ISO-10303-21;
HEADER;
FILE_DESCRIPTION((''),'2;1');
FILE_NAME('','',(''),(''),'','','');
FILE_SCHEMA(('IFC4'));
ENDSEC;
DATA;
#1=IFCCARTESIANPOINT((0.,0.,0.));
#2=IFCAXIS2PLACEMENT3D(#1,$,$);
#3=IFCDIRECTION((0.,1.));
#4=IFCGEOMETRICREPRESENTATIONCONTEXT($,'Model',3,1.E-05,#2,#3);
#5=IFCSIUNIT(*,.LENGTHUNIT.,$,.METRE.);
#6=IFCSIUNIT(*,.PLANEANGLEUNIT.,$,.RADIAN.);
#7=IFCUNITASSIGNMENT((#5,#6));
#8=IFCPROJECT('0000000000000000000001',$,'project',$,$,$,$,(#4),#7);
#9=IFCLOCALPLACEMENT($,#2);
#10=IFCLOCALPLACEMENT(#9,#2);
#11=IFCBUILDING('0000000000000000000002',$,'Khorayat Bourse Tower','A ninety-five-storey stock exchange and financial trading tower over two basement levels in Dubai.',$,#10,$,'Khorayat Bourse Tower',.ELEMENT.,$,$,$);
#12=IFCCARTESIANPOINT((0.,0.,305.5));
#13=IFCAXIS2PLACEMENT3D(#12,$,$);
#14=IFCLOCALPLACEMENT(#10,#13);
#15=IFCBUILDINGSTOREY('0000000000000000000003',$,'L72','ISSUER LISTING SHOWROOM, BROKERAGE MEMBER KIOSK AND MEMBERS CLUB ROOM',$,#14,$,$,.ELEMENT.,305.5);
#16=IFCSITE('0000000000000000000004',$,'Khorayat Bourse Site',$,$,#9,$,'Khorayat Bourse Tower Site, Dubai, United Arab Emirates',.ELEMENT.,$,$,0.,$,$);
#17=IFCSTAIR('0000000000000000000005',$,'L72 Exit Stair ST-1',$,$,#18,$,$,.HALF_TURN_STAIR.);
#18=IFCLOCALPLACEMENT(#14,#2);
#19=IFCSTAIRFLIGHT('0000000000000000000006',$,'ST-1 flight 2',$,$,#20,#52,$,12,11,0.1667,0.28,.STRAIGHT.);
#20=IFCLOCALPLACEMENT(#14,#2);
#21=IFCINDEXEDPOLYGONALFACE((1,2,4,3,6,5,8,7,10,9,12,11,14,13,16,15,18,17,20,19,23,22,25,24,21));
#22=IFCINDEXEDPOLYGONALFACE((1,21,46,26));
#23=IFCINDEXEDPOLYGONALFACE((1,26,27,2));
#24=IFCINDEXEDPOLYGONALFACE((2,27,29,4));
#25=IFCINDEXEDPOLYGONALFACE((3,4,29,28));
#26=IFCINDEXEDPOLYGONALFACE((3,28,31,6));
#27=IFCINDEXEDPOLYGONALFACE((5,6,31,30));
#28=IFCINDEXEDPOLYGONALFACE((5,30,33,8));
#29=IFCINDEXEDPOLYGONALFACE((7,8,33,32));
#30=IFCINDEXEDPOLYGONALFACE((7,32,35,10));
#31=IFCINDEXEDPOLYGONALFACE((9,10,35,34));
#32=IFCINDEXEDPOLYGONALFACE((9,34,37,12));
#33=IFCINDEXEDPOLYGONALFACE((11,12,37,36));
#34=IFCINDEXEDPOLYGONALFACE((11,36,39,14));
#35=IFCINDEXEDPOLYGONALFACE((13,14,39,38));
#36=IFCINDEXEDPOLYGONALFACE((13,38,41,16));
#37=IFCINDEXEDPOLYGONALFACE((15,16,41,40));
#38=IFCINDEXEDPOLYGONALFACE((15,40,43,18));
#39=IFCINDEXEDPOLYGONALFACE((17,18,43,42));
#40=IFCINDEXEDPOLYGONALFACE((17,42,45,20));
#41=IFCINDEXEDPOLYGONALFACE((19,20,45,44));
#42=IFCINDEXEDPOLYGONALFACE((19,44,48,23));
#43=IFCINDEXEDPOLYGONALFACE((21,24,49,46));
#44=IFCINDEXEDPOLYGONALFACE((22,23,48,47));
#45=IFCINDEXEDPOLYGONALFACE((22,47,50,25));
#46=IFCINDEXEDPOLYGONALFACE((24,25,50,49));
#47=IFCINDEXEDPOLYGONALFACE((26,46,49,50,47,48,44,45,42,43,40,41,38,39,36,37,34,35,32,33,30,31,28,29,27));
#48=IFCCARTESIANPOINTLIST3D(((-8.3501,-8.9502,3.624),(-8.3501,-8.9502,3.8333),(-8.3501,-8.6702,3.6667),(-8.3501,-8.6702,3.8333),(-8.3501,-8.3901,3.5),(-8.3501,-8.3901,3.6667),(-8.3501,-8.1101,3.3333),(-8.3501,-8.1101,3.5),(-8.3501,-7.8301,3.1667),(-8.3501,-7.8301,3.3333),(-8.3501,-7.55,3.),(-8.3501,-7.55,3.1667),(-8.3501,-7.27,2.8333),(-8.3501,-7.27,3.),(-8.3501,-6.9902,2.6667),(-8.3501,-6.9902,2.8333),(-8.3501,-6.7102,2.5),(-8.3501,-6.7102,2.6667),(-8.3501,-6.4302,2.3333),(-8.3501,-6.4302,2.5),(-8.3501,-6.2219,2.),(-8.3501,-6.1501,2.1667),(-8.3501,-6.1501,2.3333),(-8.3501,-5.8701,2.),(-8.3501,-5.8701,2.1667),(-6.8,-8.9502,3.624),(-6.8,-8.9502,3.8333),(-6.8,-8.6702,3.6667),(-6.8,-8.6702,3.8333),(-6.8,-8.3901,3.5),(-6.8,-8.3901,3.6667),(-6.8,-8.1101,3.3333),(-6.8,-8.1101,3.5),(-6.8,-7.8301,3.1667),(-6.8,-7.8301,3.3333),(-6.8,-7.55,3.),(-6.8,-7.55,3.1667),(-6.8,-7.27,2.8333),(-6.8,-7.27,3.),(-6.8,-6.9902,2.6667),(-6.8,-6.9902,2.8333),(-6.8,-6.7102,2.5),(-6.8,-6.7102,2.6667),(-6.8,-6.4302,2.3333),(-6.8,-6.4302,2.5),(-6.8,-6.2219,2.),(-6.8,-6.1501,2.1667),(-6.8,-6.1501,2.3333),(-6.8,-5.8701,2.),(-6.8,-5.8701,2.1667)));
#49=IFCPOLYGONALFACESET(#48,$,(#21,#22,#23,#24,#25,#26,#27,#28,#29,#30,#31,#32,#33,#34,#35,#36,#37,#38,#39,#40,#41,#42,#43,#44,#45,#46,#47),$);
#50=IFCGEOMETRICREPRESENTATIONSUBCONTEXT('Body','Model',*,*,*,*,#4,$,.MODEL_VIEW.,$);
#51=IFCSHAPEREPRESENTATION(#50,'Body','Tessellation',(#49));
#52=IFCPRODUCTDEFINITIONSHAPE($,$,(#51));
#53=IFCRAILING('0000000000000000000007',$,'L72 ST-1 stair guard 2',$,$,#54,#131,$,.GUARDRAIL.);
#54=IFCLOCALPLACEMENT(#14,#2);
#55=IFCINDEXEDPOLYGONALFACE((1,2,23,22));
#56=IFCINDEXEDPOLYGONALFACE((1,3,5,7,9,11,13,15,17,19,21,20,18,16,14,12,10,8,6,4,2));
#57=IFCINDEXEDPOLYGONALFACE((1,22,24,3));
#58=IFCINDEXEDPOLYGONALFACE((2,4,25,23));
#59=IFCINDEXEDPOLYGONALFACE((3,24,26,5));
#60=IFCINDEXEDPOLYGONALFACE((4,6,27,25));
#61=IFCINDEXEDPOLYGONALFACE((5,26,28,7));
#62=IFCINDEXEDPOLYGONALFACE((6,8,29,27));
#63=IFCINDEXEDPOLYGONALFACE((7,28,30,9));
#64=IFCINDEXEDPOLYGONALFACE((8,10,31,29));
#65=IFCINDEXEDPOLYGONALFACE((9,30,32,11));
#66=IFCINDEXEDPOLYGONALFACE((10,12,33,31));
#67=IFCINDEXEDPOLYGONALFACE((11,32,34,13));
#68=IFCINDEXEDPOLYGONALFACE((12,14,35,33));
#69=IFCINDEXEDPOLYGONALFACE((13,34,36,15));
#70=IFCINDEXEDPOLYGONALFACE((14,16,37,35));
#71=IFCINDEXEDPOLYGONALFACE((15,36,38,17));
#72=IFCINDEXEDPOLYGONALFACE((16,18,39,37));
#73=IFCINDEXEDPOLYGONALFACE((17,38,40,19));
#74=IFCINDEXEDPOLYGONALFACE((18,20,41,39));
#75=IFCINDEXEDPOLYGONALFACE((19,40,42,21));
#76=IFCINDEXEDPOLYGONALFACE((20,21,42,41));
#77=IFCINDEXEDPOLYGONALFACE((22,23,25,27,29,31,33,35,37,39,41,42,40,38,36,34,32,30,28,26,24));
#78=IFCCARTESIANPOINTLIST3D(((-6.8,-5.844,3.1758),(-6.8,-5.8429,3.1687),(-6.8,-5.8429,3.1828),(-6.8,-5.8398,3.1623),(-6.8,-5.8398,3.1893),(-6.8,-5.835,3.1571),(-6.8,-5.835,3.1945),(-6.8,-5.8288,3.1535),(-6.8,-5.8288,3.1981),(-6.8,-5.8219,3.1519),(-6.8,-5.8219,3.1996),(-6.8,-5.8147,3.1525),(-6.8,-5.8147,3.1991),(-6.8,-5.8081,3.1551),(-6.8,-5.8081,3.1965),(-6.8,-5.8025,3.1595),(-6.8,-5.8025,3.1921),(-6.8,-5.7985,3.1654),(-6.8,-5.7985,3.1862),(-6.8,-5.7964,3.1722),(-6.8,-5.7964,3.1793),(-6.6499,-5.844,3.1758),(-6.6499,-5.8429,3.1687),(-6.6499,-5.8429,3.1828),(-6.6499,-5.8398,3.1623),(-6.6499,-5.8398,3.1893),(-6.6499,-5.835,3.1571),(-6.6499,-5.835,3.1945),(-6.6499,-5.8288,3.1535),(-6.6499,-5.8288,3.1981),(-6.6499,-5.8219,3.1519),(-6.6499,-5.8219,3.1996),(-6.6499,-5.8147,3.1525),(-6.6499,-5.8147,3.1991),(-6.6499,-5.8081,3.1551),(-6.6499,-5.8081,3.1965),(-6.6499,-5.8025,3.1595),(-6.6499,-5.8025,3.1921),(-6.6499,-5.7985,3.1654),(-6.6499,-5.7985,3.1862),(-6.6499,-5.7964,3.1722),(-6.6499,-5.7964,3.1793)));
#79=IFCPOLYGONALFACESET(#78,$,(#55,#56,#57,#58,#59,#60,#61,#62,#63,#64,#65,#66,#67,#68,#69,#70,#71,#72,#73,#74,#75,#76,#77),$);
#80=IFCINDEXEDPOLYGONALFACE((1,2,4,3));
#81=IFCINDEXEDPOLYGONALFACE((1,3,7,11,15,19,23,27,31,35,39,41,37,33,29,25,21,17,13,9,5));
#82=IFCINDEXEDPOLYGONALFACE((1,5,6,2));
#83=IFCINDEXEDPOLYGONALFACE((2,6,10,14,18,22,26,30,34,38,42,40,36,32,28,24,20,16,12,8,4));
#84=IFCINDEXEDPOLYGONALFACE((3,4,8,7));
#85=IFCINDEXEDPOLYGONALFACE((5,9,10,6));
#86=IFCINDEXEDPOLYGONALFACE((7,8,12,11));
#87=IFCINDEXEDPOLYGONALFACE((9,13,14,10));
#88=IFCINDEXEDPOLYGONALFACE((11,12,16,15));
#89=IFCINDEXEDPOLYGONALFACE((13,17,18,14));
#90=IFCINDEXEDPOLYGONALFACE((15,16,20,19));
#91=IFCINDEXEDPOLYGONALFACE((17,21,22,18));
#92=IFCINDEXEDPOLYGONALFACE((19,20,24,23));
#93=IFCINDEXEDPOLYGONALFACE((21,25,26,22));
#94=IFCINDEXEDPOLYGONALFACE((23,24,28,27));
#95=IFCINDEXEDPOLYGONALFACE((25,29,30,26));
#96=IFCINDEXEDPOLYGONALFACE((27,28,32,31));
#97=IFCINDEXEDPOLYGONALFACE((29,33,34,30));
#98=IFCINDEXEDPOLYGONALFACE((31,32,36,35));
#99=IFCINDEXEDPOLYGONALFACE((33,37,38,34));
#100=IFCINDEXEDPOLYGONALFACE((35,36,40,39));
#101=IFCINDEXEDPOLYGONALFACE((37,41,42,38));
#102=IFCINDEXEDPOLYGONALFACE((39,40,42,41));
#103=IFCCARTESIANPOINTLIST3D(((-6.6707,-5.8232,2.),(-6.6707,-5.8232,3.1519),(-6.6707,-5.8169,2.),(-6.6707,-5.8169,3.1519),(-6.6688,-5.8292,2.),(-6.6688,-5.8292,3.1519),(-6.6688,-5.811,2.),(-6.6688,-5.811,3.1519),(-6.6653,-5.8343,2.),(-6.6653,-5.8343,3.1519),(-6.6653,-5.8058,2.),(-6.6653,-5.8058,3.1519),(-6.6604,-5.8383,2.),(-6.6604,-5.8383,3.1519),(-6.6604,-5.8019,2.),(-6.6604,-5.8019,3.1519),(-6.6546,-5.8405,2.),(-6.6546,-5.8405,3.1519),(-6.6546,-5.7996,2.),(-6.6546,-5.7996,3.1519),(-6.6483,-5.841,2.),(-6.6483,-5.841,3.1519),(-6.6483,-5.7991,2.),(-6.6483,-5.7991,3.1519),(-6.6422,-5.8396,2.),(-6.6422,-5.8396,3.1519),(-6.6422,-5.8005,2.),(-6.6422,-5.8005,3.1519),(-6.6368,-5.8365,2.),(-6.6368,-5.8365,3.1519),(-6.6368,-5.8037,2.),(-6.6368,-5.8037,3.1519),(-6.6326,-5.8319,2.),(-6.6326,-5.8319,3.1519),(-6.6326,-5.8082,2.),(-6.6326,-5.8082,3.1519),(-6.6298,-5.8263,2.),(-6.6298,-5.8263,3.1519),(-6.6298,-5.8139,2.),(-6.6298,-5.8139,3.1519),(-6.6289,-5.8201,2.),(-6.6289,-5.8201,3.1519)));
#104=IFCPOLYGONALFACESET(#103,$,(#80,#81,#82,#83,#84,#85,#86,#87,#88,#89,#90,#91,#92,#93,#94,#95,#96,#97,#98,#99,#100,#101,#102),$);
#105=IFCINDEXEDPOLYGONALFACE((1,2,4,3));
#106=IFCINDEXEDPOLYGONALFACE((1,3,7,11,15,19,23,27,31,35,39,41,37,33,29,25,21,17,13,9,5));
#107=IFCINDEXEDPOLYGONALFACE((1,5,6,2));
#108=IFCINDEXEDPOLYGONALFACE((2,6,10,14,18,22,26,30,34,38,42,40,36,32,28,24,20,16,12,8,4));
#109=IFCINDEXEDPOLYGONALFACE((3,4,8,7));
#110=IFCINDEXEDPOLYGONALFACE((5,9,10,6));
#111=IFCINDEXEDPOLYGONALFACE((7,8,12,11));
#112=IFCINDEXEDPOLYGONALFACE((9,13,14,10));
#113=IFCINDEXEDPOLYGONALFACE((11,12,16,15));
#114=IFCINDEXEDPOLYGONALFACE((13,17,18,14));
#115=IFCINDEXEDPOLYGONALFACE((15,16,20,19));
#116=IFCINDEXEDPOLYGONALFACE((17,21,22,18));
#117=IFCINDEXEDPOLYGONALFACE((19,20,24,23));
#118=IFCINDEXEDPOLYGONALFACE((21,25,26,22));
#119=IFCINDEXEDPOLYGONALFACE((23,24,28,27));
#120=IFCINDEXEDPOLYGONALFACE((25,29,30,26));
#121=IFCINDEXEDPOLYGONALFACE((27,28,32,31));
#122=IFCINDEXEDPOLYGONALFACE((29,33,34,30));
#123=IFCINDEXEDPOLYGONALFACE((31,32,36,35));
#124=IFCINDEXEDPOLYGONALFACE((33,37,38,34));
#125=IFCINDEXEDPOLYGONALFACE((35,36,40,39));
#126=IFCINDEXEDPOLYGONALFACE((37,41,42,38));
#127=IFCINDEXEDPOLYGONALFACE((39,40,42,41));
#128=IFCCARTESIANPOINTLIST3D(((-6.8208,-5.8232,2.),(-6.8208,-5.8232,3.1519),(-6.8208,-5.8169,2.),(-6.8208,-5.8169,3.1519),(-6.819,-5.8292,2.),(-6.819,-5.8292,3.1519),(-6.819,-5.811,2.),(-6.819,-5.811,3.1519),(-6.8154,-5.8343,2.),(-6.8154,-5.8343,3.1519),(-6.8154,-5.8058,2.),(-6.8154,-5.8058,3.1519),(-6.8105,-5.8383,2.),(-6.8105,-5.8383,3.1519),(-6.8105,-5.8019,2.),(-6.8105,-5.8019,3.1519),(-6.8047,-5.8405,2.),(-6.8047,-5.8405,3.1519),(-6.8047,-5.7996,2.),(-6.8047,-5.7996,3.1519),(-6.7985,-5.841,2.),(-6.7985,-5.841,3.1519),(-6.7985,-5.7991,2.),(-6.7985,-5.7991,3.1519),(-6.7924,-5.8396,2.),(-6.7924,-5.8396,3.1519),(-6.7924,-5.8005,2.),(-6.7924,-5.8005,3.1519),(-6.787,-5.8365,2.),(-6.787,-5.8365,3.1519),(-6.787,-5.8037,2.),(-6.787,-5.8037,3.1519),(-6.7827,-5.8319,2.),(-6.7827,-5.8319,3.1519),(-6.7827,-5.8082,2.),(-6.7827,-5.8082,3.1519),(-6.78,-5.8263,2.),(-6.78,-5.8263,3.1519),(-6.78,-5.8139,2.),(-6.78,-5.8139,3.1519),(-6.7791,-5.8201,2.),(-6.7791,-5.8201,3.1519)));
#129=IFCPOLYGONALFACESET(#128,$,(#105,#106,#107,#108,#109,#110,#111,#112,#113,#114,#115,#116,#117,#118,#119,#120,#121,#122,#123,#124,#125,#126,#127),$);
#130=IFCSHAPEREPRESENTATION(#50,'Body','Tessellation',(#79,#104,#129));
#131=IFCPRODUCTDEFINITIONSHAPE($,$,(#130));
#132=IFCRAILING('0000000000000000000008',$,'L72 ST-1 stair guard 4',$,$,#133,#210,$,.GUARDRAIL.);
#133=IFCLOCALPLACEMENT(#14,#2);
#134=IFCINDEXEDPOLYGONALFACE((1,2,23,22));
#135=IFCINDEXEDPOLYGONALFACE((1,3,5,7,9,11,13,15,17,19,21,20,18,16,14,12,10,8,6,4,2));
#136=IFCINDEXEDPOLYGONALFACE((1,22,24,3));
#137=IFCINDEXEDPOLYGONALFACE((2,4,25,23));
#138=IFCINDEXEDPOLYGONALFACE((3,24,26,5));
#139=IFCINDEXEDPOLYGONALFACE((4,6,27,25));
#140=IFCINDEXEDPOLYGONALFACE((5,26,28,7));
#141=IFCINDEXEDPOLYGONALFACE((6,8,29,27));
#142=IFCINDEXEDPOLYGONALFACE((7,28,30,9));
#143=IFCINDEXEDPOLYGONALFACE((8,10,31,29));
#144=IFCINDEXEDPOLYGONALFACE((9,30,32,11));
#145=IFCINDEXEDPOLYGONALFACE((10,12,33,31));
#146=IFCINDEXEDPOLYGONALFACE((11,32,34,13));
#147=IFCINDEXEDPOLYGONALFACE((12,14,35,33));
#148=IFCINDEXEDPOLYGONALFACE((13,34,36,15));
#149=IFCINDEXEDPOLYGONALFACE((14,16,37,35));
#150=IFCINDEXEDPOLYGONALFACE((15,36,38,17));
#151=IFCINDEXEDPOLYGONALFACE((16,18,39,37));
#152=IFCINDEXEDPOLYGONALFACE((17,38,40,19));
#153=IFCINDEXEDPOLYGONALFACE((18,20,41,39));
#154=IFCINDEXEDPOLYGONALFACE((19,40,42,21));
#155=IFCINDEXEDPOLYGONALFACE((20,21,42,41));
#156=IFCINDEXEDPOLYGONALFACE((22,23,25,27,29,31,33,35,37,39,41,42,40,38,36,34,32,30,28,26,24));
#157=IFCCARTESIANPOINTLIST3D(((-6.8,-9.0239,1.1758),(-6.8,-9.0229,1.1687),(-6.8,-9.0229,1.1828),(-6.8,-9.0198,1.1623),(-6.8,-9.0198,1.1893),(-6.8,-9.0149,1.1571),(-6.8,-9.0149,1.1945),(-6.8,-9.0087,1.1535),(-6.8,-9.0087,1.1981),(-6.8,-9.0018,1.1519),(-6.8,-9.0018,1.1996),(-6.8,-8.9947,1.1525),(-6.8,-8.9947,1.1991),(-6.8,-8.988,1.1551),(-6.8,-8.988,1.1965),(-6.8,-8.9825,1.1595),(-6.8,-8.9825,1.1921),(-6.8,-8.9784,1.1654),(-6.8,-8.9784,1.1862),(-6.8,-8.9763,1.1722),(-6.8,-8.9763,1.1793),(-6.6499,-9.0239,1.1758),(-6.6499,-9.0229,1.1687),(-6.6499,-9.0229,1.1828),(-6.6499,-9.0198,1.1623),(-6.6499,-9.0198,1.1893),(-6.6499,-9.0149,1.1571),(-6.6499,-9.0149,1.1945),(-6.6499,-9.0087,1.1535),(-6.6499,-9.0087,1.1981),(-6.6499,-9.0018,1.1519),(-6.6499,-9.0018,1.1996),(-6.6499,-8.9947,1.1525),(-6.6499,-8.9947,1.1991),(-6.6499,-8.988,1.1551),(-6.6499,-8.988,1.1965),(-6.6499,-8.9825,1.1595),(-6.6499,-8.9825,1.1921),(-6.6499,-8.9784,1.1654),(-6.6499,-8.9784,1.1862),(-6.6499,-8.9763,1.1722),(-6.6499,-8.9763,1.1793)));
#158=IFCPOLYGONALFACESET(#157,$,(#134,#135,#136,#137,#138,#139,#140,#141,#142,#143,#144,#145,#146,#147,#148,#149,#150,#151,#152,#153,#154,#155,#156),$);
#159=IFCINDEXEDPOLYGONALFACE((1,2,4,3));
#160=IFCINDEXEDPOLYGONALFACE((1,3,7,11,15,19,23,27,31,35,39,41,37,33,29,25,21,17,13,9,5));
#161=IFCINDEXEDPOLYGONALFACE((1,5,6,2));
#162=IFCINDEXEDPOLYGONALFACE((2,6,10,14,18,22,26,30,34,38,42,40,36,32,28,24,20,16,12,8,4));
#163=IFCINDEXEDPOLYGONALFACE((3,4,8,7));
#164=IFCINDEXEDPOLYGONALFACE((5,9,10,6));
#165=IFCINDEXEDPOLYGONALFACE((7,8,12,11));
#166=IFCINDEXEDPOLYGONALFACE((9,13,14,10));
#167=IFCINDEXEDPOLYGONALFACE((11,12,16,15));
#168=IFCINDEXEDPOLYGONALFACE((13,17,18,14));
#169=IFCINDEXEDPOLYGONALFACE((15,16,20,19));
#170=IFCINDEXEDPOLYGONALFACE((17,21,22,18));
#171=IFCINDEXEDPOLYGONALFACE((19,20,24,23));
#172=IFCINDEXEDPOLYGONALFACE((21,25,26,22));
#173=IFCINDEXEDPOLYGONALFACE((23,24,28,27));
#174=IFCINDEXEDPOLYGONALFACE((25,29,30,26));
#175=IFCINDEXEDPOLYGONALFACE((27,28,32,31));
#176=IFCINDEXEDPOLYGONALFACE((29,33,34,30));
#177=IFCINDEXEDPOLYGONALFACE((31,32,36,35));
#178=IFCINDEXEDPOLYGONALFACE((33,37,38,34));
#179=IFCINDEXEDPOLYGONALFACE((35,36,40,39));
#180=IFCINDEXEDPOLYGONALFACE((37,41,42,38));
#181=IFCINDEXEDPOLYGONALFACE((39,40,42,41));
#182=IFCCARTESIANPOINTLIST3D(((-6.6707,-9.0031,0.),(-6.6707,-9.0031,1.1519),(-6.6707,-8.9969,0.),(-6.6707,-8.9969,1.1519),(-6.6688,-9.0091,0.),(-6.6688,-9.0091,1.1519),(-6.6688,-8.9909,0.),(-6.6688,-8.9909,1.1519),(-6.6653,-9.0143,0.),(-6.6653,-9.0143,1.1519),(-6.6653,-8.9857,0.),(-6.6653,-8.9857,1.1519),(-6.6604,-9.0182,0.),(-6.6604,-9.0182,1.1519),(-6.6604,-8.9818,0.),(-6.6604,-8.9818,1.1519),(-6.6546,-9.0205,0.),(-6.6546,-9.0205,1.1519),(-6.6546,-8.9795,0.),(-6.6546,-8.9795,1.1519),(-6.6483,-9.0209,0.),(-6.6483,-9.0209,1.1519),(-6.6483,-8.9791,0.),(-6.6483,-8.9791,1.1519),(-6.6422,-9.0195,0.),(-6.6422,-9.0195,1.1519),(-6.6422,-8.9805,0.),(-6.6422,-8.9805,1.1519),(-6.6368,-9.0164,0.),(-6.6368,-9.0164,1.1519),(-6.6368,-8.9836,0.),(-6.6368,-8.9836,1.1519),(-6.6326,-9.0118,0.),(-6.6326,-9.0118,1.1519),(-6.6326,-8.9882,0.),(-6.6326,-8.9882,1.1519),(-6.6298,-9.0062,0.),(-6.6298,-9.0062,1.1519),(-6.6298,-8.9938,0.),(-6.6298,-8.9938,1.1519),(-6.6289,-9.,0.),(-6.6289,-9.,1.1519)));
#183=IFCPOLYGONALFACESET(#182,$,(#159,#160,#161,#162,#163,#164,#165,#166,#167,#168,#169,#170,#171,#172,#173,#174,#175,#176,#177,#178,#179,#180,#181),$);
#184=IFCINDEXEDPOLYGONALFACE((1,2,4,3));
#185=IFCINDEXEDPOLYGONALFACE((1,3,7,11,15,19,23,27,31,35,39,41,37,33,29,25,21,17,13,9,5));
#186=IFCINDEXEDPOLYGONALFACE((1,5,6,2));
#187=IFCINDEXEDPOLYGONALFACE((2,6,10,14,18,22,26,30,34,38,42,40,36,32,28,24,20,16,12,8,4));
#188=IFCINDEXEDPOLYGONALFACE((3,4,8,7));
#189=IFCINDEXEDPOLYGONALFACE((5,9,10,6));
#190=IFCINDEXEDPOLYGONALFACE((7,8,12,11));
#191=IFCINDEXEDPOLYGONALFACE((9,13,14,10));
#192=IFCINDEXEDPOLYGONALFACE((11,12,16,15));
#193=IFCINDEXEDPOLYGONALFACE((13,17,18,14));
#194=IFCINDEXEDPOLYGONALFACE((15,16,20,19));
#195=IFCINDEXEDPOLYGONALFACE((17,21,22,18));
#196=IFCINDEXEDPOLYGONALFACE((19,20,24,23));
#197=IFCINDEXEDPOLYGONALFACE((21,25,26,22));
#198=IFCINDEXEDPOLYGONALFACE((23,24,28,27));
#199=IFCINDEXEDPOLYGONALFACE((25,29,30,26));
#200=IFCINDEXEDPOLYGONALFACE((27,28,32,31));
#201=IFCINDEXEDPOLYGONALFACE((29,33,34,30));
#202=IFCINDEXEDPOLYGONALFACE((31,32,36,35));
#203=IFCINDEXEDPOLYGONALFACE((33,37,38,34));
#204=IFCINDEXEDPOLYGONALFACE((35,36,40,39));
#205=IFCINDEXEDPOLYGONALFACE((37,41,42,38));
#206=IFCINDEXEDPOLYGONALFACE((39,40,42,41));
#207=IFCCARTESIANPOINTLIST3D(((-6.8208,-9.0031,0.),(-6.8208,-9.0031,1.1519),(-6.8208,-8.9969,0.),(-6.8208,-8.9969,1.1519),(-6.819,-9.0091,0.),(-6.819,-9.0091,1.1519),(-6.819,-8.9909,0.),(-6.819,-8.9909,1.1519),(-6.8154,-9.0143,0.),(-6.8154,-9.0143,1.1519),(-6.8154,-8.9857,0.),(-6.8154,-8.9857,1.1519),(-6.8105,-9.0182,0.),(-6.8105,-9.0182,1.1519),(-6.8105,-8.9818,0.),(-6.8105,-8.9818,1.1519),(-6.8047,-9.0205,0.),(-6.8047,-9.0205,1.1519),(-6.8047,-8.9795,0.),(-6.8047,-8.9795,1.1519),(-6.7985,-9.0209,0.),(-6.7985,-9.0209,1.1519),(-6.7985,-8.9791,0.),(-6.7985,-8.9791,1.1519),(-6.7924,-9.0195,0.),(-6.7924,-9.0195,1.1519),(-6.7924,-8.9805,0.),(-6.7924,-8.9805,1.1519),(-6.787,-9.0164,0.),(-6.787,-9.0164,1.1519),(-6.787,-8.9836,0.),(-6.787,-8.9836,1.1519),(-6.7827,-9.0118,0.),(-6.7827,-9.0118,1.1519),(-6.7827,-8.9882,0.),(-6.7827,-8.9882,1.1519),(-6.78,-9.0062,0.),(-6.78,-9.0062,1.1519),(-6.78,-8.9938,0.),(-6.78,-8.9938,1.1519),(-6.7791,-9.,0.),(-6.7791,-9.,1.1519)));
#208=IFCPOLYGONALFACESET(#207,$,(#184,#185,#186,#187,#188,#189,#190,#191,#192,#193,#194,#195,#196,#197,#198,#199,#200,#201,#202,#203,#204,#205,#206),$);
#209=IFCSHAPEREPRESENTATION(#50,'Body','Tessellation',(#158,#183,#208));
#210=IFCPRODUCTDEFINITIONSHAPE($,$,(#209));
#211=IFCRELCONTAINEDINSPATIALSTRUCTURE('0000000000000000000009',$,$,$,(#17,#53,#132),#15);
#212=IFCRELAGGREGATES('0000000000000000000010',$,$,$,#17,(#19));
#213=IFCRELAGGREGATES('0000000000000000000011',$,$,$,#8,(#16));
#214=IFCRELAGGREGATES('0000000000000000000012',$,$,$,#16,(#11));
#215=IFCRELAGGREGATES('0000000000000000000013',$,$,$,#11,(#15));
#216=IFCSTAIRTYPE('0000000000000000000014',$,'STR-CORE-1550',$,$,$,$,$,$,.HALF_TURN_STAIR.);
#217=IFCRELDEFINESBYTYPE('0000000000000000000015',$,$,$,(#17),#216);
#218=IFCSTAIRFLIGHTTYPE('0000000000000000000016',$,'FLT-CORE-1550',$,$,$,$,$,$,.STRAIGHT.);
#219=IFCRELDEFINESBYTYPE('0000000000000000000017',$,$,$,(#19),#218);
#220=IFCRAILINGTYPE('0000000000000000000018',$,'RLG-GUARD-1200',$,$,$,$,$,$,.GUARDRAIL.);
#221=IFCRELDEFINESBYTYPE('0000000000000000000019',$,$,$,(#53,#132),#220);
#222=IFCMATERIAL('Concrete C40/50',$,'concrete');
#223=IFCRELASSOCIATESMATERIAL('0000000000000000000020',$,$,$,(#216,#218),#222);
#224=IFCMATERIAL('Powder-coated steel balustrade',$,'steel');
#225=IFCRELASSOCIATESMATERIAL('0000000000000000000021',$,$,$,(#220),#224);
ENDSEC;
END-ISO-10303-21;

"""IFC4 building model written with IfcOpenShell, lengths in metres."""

from ifc_helpers import new_model, si_unit, direction, frame, origin, origin_2d, place, context, subcontext, project, spatial, polyline, circle, outline, extrude, source, transform, mapped, material, type_object, element, aggregate, save


model = new_model("IFC4")

# Units and contexts
model_context = context("Model", 3, precision=1e-05, world=origin(), true_north=direction((0.0, 1.0)))
body_context = subcontext(model_context, "Body", "Model", "MODEL_VIEW")
ifc_project = project(units=[si_unit("LENGTHUNIT", "METRE"), si_unit("PLANEANGLEUNIT", "RADIAN")], contexts=[model_context])

# Site, building, storey
site_placement = place(None, origin())
site = spatial("IfcSite", under=ifc_project, at=site_placement, Name="Khorayat Bourse Site", LongName="Khorayat Bourse Tower Site, Dubai, United Arab Emirates", CompositionType="ELEMENT", RefElevation=0.0)
building_placement = place(site_placement, origin())
building = spatial("IfcBuilding", under=site, at=building_placement, Name="Khorayat Bourse Tower", Description="A ninety-five-storey stock exchange and financial trading tower over two basement levels in Dubai.", LongName="Khorayat Bourse Tower", CompositionType="ELEMENT")
storey_placement = place(building_placement, frame((0.0, 0.0, 305.5)))
storey = spatial("IfcBuildingStorey", under=building, at=storey_placement, Name="L72", Description="ISSUER LISTING SHOWROOM, BROKERAGE MEMBER KIOSK AND MEMBERS CLUB ROOM", CompositionType="ELEMENT", Elevation=305.5)

# Stair, stair flight
ifc_material_1 = material(Name="Concrete C40/50", Category="concrete")
stair_type = type_object("IfcStairType", Name="STR-CORE-1550", PredefinedType="HALF_TURN_STAIR", material=ifc_material_1)
stair_placement = place(storey_placement, origin())
stair = element("IfcStair", 1, at=stair_placement, inside=storey, type_object=stair_type, Name="L72 Exit Stair ST-1", PredefinedType="HALF_TURN_STAIR")
stair_flight_type = type_object("IfcStairFlightType", Name="FLT-CORE-1550", PredefinedType="STRAIGHT", material=ifc_material_1)
shared_shape_1 = source(origin(), body_context, "Body", "SweptSolid", [
    extrude(outline(polyline([(0.0, 0.0), (0.0, 0.1667), (0.28, 0.1667), (0.28, 0.3333), (0.5601, 0.3333), (0.5601, 0.5), (0.8401, 0.5), (0.8401, 0.6667), (1.1201, 0.6667), (1.1201, 0.8333), (1.3999, 0.8333), (1.3999, 1.0), (1.6799, 1.0), (1.6799, 1.1667), (1.96, 1.1667), (1.96, 1.3333), (2.24, 1.3333), (2.24, 1.5), (2.52, 1.5), (2.52, 1.6667), (2.8, 1.6667), (2.8, 1.8333), (3.0801, 1.8333), (3.0801, 2.0), (3.0801, 1.624), (0.3518, 0.0), (0.0, 0.0)])), frame((0.0, 0.7749, 0.0), z_axis=(0.0, -1.0, 0.0), x_axis=(1.0, 0.0, 0.0)), (0.0, 0.0, 1.0), 1.55),
])
stair_flight_1_placement = place(storey_placement, frame((-7.575, -5.8701, 2.0), z_axis=(0.0, 0.0, 1.0), x_axis=(0.0, -1.0, 0.0)))
stair_flight_1 = element("IfcStairFlight", 2, at=stair_flight_1_placement, type_object=stair_flight_type, Name="ST-1 flight 2", NumberOfRisers=12, NumberOfTreads=11, PredefinedType="STRAIGHT", RiserHeight=0.1667, TreadLength=0.28, context=body_context, shape_type="MappedRepresentation", body=[
    mapped(shared_shape_1, transform((0.0, 0.0, 0.0), scale=1.0)),
])
aggregate(stair, [stair_flight_1])

# Railings
ifc_material_2 = material(Name="Powder-coated steel balustrade", Category="steel")
railing_type_1 = type_object("IfcRailingType", Name="RLG-GUARD-1200", PredefinedType="GUARDRAIL", material=ifc_material_2)
shared_shape_2 = source(origin(), body_context, "Body", "SweptSolid", [
    extrude(circle(Radius=0.0239, at=origin_2d()), frame((0.0, 0.0, 1.1758), z_axis=(-1.0, 0.0, 0.0), x_axis=(0.0, -1.0, 0.0)), (0.0, 0.0, 1.0), 0.1501),
    extrude(circle(Radius=0.021, at=origin_2d()), origin(), (0.0, 0.0, 1.0), 1.1519),
    extrude(circle(Radius=0.021, at=origin_2d()), frame((-0.1501, 0.0, 0.0)), (0.0, 0.0, 1.0), 1.1519),
])
for number, where, name in (
    (3, (-6.6499, -5.8201, 2.0), "L72 ST-1 stair guard 2"),
    (4, (-6.6499, -9.0, 0.0), "L72 ST-1 stair guard 4"),
):
    element("IfcRailing", number, at=place(storey_placement, frame(where)), inside=storey, type_object=railing_type_1, Name=name, PredefinedType="GUARDRAIL", context=body_context, shape_type="MappedRepresentation", body=[
        mapped(shared_shape_2, transform((0.0, 0.0, 0.0), scale=1.0)),
    ])

save(model, "model.ifc")
